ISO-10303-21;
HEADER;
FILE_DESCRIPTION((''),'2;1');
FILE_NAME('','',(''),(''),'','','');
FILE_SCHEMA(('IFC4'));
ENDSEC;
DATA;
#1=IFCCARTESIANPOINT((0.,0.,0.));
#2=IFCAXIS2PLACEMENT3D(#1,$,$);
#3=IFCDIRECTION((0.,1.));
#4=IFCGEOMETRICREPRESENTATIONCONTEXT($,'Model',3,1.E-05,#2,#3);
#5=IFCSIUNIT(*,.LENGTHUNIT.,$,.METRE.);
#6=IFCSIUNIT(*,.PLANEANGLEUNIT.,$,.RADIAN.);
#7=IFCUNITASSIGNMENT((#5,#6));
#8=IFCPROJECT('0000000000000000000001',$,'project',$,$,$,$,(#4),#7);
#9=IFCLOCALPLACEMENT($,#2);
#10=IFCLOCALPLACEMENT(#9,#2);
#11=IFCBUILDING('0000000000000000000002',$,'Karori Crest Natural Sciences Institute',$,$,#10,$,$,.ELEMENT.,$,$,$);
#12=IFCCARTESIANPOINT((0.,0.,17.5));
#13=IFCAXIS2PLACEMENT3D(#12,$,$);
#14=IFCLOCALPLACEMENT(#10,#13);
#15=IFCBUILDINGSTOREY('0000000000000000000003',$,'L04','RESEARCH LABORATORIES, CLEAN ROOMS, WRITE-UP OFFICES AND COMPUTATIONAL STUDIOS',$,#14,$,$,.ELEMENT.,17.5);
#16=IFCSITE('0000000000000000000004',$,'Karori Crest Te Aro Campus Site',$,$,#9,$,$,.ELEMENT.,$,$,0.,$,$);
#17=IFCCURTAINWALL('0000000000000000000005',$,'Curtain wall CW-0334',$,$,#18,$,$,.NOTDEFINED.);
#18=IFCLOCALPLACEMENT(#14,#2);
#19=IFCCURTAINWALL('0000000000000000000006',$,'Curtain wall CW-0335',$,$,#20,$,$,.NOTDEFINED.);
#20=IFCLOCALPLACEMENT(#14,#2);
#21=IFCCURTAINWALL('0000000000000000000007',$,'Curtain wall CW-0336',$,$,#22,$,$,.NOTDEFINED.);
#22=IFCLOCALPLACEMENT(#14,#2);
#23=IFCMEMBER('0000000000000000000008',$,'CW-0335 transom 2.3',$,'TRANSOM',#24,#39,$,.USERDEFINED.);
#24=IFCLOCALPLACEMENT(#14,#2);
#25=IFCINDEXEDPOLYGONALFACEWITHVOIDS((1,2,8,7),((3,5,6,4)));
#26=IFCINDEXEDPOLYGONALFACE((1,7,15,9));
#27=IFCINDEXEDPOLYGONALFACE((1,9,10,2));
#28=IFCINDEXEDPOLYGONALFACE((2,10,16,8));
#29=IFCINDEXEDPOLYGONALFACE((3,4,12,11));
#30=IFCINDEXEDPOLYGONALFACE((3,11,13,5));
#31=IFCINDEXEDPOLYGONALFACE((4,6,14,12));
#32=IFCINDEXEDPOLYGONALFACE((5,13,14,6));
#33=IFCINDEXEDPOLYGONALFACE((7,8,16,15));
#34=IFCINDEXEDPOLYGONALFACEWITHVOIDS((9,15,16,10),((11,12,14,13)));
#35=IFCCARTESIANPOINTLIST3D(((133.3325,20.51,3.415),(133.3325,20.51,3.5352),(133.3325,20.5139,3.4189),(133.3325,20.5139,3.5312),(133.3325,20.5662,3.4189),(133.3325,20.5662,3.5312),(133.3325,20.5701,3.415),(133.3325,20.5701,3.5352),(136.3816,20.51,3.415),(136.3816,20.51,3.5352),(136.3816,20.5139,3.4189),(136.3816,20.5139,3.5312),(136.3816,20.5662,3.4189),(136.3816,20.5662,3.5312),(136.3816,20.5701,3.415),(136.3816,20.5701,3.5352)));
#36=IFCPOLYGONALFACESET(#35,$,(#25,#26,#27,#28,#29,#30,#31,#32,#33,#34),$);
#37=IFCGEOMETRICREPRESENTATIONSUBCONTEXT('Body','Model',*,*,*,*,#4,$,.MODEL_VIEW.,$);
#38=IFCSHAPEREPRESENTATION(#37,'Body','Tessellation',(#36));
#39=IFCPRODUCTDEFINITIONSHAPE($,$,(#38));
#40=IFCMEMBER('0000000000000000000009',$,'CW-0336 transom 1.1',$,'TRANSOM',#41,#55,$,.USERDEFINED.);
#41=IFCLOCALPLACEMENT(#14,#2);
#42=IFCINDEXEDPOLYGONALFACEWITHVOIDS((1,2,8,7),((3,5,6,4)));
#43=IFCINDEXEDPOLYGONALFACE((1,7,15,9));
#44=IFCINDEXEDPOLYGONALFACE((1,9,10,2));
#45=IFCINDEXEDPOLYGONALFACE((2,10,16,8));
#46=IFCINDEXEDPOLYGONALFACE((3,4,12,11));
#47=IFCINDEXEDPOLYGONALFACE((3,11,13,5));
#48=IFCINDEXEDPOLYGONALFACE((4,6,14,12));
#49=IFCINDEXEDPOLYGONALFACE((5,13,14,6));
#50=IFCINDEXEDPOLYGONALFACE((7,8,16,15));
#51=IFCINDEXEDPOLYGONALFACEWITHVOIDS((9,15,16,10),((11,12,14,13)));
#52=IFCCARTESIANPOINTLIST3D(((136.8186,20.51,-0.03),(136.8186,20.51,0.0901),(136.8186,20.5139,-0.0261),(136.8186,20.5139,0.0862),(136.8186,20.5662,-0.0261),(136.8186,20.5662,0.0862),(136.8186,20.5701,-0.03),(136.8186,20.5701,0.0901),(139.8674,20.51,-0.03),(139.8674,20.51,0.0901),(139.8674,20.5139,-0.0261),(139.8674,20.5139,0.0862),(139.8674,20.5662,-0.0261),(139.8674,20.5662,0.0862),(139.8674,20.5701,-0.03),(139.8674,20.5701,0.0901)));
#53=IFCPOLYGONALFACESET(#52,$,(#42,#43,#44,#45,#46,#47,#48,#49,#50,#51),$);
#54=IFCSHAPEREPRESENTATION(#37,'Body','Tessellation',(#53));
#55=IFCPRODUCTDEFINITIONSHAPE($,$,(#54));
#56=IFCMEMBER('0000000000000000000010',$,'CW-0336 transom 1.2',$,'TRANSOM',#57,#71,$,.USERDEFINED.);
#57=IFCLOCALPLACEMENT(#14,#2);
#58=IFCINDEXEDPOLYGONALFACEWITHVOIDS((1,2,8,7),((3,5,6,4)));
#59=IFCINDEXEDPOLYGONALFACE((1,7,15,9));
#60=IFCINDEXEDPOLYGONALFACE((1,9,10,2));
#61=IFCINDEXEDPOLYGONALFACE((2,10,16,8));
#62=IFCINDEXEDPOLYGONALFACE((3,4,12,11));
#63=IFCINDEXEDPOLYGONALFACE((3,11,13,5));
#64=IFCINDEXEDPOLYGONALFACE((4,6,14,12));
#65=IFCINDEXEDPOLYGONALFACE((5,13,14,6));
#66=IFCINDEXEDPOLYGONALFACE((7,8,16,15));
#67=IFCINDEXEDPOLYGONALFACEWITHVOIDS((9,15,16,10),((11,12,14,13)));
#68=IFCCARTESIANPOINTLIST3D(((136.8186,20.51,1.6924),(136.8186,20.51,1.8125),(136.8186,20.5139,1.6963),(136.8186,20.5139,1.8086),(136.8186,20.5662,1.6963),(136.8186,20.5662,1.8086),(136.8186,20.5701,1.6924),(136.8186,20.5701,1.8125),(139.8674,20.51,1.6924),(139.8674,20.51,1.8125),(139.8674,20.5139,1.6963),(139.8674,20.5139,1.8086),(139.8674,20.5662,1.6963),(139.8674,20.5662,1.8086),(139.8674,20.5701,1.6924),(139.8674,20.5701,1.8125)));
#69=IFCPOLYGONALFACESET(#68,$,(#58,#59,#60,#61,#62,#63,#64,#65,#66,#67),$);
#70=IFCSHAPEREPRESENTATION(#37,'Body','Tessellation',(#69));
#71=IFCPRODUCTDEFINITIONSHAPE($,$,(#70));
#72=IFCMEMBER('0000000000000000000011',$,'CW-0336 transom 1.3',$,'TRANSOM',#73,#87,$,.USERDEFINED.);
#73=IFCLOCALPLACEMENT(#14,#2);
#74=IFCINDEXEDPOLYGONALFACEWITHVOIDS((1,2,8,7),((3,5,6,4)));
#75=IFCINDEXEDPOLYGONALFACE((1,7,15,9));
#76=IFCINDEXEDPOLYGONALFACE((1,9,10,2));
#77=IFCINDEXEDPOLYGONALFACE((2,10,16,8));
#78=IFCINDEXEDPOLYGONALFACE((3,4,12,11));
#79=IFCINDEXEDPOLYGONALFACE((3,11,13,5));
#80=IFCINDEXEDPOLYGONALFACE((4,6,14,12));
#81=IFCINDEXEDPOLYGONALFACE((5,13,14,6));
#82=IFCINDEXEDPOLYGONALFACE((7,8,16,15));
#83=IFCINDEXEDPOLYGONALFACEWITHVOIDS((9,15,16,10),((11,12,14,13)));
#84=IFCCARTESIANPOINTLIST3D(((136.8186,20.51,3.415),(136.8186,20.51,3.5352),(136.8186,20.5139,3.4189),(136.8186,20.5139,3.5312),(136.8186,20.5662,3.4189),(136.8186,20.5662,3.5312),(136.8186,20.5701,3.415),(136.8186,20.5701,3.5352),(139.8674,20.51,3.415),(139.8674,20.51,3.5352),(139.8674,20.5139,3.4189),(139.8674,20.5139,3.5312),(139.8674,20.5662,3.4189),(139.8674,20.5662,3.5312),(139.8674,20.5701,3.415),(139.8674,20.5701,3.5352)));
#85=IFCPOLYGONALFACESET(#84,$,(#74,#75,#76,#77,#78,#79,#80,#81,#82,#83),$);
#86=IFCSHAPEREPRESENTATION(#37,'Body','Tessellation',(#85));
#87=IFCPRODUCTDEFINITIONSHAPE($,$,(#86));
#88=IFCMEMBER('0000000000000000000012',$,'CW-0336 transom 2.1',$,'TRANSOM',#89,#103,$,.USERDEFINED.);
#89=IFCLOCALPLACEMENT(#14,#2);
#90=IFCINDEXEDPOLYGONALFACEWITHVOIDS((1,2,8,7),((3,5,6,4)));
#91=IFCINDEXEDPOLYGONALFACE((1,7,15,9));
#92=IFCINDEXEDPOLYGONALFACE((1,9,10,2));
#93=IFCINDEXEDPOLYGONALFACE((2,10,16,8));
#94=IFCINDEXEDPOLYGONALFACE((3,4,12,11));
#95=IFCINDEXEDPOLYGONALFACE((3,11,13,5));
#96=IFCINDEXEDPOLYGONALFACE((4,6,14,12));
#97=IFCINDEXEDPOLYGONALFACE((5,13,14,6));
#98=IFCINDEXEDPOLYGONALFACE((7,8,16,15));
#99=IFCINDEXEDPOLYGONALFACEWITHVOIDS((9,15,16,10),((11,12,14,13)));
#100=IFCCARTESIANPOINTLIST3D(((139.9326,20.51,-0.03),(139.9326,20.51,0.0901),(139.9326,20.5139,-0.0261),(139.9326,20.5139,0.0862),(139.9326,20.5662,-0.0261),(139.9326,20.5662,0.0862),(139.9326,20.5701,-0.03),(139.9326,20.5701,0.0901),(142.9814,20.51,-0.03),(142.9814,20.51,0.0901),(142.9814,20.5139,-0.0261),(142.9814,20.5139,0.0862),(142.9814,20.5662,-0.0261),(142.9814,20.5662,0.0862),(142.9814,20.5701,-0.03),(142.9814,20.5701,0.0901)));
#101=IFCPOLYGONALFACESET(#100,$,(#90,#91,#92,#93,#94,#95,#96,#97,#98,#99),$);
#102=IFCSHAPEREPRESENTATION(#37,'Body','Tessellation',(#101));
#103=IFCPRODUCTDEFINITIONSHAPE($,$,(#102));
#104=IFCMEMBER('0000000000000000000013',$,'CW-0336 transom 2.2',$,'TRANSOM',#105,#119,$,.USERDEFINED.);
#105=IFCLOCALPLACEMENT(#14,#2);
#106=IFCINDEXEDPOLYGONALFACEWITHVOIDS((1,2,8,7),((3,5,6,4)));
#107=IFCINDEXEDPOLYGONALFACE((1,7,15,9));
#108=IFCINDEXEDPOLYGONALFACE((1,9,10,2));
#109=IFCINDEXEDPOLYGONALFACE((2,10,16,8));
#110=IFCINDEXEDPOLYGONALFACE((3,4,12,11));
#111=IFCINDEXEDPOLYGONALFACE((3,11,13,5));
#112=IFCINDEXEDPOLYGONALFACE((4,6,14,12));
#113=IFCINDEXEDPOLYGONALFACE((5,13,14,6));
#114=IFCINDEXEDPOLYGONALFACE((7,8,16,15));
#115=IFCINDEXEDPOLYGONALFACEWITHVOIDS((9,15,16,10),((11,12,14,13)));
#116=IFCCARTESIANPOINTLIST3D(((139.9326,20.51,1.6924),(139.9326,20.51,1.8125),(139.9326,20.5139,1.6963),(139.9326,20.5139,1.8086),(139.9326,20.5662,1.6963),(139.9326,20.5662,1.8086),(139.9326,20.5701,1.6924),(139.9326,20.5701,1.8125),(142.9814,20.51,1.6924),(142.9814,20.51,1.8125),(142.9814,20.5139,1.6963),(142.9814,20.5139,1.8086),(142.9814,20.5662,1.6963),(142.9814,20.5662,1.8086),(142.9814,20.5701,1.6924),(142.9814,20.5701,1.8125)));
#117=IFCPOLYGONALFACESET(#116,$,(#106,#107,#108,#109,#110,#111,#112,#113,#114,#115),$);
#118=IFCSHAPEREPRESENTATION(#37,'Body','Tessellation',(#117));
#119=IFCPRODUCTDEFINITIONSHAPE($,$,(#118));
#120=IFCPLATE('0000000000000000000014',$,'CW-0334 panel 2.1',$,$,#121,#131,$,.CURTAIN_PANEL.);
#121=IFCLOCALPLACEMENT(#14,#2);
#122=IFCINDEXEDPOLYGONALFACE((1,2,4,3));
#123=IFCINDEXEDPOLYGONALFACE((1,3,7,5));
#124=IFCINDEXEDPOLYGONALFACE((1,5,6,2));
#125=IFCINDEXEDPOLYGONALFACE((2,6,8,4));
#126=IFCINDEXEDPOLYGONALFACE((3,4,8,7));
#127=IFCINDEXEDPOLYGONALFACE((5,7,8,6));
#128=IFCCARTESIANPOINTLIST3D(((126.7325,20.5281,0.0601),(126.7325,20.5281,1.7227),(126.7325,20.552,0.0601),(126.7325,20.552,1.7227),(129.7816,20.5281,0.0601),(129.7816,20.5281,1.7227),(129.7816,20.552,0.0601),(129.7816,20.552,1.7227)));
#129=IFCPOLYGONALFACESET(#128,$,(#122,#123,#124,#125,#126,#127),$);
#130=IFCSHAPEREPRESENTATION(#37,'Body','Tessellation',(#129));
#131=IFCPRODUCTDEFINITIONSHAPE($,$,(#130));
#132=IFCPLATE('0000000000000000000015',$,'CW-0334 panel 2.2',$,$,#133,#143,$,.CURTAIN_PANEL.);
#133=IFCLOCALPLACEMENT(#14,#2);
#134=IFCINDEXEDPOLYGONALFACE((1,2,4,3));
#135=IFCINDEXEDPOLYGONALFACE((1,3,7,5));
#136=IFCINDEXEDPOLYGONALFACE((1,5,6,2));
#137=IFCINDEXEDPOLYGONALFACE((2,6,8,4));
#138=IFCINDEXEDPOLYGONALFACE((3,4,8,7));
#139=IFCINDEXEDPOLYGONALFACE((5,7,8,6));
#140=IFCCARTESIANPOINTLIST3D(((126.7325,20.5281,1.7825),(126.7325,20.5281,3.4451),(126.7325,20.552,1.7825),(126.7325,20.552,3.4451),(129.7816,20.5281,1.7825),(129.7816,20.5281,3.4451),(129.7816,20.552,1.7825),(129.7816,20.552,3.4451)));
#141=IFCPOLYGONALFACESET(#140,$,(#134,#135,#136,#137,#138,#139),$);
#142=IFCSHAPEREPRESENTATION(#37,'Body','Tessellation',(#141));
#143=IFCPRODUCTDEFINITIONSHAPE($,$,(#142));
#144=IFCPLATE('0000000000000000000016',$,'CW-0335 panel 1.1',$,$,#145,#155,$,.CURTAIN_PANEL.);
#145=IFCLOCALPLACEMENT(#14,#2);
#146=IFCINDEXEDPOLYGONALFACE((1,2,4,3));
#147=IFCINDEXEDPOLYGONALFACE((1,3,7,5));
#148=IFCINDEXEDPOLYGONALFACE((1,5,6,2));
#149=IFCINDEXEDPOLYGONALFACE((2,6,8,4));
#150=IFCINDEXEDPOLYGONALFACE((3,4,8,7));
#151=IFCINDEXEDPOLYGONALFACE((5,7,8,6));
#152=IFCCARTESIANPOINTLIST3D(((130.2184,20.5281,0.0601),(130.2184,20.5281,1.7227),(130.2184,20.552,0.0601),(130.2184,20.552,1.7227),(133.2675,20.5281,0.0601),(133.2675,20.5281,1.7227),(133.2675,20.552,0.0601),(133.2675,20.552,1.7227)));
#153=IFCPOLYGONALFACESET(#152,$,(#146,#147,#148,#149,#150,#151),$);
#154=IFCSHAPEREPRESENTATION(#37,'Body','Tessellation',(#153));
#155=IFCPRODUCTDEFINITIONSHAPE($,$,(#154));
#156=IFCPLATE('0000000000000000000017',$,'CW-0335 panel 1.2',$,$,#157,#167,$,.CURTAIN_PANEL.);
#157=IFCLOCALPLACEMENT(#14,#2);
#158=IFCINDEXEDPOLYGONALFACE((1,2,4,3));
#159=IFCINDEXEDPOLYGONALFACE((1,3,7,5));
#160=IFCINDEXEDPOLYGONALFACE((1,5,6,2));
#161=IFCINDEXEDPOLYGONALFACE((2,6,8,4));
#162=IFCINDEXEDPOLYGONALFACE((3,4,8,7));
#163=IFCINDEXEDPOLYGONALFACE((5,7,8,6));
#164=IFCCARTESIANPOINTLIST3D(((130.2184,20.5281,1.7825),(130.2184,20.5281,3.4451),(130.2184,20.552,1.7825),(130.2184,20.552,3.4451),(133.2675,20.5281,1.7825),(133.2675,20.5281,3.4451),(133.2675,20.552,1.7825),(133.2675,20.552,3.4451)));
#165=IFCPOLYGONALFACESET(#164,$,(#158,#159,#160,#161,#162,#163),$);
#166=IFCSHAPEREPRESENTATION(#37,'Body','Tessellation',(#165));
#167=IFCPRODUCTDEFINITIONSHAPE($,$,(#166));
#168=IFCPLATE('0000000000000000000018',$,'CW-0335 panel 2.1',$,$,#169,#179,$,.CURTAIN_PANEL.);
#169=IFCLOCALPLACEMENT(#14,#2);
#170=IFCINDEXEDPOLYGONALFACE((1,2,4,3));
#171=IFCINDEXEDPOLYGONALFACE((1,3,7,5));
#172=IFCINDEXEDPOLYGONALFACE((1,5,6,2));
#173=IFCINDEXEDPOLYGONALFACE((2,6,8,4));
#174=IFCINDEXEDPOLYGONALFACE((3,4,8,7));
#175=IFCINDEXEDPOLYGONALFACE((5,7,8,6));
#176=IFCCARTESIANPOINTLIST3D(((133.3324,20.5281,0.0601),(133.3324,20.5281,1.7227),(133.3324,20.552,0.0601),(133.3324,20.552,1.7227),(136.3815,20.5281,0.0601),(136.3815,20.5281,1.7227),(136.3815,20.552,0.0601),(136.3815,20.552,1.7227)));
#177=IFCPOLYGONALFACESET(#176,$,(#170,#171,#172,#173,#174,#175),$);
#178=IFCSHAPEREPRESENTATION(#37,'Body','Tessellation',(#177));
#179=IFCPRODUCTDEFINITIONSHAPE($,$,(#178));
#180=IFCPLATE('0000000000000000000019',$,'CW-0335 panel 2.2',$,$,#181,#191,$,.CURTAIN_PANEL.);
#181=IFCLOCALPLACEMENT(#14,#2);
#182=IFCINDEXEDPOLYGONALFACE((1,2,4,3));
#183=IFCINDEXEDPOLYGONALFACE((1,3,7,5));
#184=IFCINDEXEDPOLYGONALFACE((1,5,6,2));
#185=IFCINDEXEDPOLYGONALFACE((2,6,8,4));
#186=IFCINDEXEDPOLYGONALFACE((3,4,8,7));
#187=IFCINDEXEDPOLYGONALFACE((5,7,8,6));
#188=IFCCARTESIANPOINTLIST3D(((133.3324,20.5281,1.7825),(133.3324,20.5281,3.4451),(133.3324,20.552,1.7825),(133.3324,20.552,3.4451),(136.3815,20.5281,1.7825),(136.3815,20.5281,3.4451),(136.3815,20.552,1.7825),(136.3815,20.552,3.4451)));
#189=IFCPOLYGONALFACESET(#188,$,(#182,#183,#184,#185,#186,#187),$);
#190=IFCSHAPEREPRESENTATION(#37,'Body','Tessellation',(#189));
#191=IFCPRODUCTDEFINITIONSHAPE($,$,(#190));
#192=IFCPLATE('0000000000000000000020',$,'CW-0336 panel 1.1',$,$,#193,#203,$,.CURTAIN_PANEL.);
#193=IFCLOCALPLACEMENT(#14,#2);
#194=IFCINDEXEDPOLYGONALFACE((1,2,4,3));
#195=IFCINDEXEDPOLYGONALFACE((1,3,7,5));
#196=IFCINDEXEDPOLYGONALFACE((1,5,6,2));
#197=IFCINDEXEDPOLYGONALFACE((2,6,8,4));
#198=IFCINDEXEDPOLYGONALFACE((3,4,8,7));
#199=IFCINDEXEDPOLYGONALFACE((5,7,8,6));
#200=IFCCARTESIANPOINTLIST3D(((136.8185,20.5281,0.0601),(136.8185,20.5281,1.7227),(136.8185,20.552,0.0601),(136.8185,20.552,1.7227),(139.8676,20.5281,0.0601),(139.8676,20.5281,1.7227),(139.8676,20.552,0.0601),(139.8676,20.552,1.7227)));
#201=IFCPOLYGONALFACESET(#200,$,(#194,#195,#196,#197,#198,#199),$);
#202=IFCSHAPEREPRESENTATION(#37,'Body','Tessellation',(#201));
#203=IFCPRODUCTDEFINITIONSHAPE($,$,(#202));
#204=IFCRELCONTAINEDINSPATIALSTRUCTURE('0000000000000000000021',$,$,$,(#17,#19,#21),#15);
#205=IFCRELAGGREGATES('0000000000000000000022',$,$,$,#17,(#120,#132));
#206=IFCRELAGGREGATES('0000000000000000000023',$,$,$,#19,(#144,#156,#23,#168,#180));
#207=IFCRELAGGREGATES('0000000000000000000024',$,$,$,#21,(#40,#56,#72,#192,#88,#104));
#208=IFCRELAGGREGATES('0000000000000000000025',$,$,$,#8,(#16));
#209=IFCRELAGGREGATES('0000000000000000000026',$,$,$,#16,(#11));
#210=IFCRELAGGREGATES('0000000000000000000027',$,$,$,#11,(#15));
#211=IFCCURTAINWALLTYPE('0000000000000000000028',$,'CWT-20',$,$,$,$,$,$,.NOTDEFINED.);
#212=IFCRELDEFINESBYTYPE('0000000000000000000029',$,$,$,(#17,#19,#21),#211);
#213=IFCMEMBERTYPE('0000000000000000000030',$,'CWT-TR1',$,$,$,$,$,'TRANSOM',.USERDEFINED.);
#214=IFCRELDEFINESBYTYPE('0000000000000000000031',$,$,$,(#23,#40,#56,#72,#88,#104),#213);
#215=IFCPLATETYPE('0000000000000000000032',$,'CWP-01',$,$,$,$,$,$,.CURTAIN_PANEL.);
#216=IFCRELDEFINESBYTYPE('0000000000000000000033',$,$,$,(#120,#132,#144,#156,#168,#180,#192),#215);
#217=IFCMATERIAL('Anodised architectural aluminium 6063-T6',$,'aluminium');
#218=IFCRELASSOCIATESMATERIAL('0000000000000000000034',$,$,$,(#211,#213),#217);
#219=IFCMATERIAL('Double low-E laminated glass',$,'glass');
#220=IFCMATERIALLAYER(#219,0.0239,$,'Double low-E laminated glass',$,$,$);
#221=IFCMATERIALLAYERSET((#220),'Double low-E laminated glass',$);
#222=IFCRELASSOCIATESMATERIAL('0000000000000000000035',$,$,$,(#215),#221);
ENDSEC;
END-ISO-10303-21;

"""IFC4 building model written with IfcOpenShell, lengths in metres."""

from ifc_helpers import new_model, si_unit, direction, frame, origin, origin_2d, place, context, subcontext, project, spatial, rectangle, hollow_rectangle, extrude, material, layer, layer_set, material_profile, profile_set, type_object, element, aggregate, save


model = new_model("IFC4")

# Units and contexts
model_context = context("Model", 3, precision=1e-05, world=origin(), true_north=direction((0.0, 1.0)))
body_context = subcontext(model_context, "Body", "Model", "MODEL_VIEW")
ifc_project = project(units=[si_unit("LENGTHUNIT", "METRE"), si_unit("PLANEANGLEUNIT", "RADIAN")], contexts=[model_context])

# Site, building, storey
site_placement = place(None, origin())
site = spatial("IfcSite", under=ifc_project, at=site_placement, Name="Karori Crest Te Aro Campus Site", CompositionType="ELEMENT", RefElevation=0.0)
building_placement = place(site_placement, origin())
building = spatial("IfcBuilding", under=site, at=building_placement, Name="Karori Crest Natural Sciences Institute", CompositionType="ELEMENT")
storey_placement = place(building_placement, frame((0.0, 0.0, 17.5)))
storey = spatial("IfcBuildingStorey", under=building, at=storey_placement, Name="L04", Description="RESEARCH LABORATORIES, CLEAN ROOMS, WRITE-UP OFFICES AND COMPUTATIONAL STUDIOS", CompositionType="ELEMENT", Elevation=17.5)

# Curtain wall
ifc_material_1 = material(Name="Anodised architectural aluminium 6063-T6", Category="aluminium")
curtain_wall_type = type_object("IfcCurtainWallType", Name="CWT-20", PredefinedType="NOTDEFINED", material=ifc_material_1)
curtain_wall_1_placement = place(storey_placement, origin())
curtain_wall_1 = element("IfcCurtainWall", 1, at=curtain_wall_1_placement, inside=storey, type_object=curtain_wall_type, Name="Curtain wall CW-0334", PredefinedType="NOTDEFINED")

# Curtain walls
curtain_wall_2_placement = place(storey_placement, origin())
curtain_wall_2 = element("IfcCurtainWall", 2, at=curtain_wall_2_placement, inside=storey, type_object=curtain_wall_type, Name="Curtain wall CW-0335", PredefinedType="NOTDEFINED")
curtain_wall_3_placement = place(storey_placement, origin())
curtain_wall_3 = element("IfcCurtainWall", 3, at=curtain_wall_3_placement, inside=storey, type_object=curtain_wall_type, Name="Curtain wall CW-0336", PredefinedType="NOTDEFINED")

# Members
ifc_material_profile_1 = material_profile(ifc_material_1, hollow_rectangle(XDim=0.0601, YDim=0.1201, WallThickness=0.0039, at=origin_2d()), Name="CWT120x60x4")
ifc_profile_set_1 = profile_set([ifc_material_profile_1], Name="Anodised architectural aluminium 6063-T6")
member_type_1 = type_object("IfcMemberType", Name="CWT-TR1", ElementType="TRANSOM", PredefinedType="USERDEFINED", material=ifc_profile_set_1)
member_1_placement = place(storey_placement, frame((133.3325, 20.54, 3.4751), z_axis=(1.0, 0.0, 0.0), x_axis=(0.0, 1.0, 0.0)))
member_1 = element("IfcMember", 4, at=member_1_placement, type_object=member_type_1, Name="CW-0335 transom 2.3", ObjectType="TRANSOM", PredefinedType="USERDEFINED", context=body_context, shape_type="SweptSolid", body=[
    extrude(hollow_rectangle(XDim=0.0601, YDim=0.1201, WallThickness=0.0039, at=origin_2d()), origin(), (0.0, 0.0, 1.0), 3.0491),
])
member_2_placement = place(storey_placement, frame((136.8186, 20.54, 0.03), z_axis=(1.0, 0.0, 0.0), x_axis=(0.0, 1.0, 0.0)))
member_2 = element("IfcMember", 5, at=member_2_placement, type_object=member_type_1, Name="CW-0336 transom 1.1", ObjectType="TRANSOM", PredefinedType="USERDEFINED", context=body_context, shape_type="SweptSolid", body=[
    extrude(hollow_rectangle(XDim=0.0601, YDim=0.1201, WallThickness=0.0039, at=origin_2d()), origin(), (0.0, 0.0, 1.0), 3.0488),
])
member_3_placement = place(storey_placement, frame((136.8186, 20.54, 1.7524), z_axis=(1.0, 0.0, 0.0), x_axis=(0.0, 1.0, 0.0)))
member_3 = element("IfcMember", 6, at=member_3_placement, type_object=member_type_1, Name="CW-0336 transom 1.2", ObjectType="TRANSOM", PredefinedType="USERDEFINED", context=body_context, shape_type="SweptSolid", body=[
    extrude(hollow_rectangle(XDim=0.0601, YDim=0.1201, WallThickness=0.0039, at=origin_2d()), origin(), (0.0, 0.0, 1.0), 3.0488),
])
member_4_placement = place(storey_placement, frame((136.8186, 20.54, 3.4751), z_axis=(1.0, 0.0, 0.0), x_axis=(0.0, 1.0, 0.0)))
member_4 = element("IfcMember", 7, at=member_4_placement, type_object=member_type_1, Name="CW-0336 transom 1.3", ObjectType="TRANSOM", PredefinedType="USERDEFINED", context=body_context, shape_type="SweptSolid", body=[
    extrude(hollow_rectangle(XDim=0.0601, YDim=0.1201, WallThickness=0.0039, at=origin_2d()), origin(), (0.0, 0.0, 1.0), 3.0488),
])
member_5_placement = place(storey_placement, frame((139.9326, 20.54, 0.03), z_axis=(1.0, 0.0, 0.0), x_axis=(0.0, 1.0, 0.0)))
member_5 = element("IfcMember", 8, at=member_5_placement, type_object=member_type_1, Name="CW-0336 transom 2.1", ObjectType="TRANSOM", PredefinedType="USERDEFINED", context=body_context, shape_type="SweptSolid", body=[
    extrude(hollow_rectangle(XDim=0.0601, YDim=0.1201, WallThickness=0.0039, at=origin_2d()), origin(), (0.0, 0.0, 1.0), 3.0488),
])
member_6_placement = place(storey_placement, frame((139.9326, 20.54, 1.7524), z_axis=(1.0, 0.0, 0.0), x_axis=(0.0, 1.0, 0.0)))
member_6 = element("IfcMember", 9, at=member_6_placement, type_object=member_type_1, Name="CW-0336 transom 2.2", ObjectType="TRANSOM", PredefinedType="USERDEFINED", context=body_context, shape_type="SweptSolid", body=[
    extrude(hollow_rectangle(XDim=0.0601, YDim=0.1201, WallThickness=0.0039, at=origin_2d()), origin(), (0.0, 0.0, 1.0), 3.0488),
])

# Plates
ifc_material_2 = material(Name="Double low-E laminated glass", Category="glass")
ifc_layer = layer(ifc_material_2, 0.0239, Name="Double low-E laminated glass")
ifc_layer_set = layer_set([ifc_layer], Name="Double low-E laminated glass")
plate_type = type_object("IfcPlateType", Name="CWP-01", PredefinedType="CURTAIN_PANEL", material=ifc_layer_set)
plate_1_placement = place(storey_placement, frame((128.2571, 20.54, 0.0601), z_axis=(0.0, 0.0, 1.0), x_axis=(1.0, 0.0, 0.0)))
plate_1 = element("IfcPlate", 10, at=plate_1_placement, type_object=plate_type, Name="CW-0334 panel 2.1", PredefinedType="CURTAIN_PANEL", context=body_context, shape_type="SweptSolid", body=[
    extrude(rectangle(XDim=3.0491, YDim=0.0239, at=origin_2d()), origin(), (0.0, 0.0, 1.0), 1.6626),
])
plate_2_placement = place(storey_placement, frame((128.2571, 20.54, 1.7825), z_axis=(0.0, 0.0, 1.0), x_axis=(1.0, 0.0, 0.0)))
plate_2 = element("IfcPlate", 11, at=plate_2_placement, type_object=plate_type, Name="CW-0334 panel 2.2", PredefinedType="CURTAIN_PANEL", context=body_context, shape_type="SweptSolid", body=[
    extrude(rectangle(XDim=3.0491, YDim=0.0239, at=origin_2d()), origin(), (0.0, 0.0, 1.0), 1.6626),
])
aggregate(curtain_wall_1, [plate_1, plate_2])
plate_3_placement = place(storey_placement, frame((131.7429, 20.54, 0.0601), z_axis=(0.0, 0.0, 1.0), x_axis=(1.0, 0.0, 0.0)))
plate_3 = element("IfcPlate", 12, at=plate_3_placement, type_object=plate_type, Name="CW-0335 panel 1.1", PredefinedType="CURTAIN_PANEL", context=body_context, shape_type="SweptSolid", body=[
    extrude(rectangle(XDim=3.0491, YDim=0.0239, at=origin_2d()), origin(), (0.0, 0.0, 1.0), 1.6626),
])
plate_4_placement = place(storey_placement, frame((131.7429, 20.54, 1.7825), z_axis=(0.0, 0.0, 1.0), x_axis=(1.0, 0.0, 0.0)))
plate_4 = element("IfcPlate", 13, at=plate_4_placement, type_object=plate_type, Name="CW-0335 panel 1.2", PredefinedType="CURTAIN_PANEL", context=body_context, shape_type="SweptSolid", body=[
    extrude(rectangle(XDim=3.0491, YDim=0.0239, at=origin_2d()), origin(), (0.0, 0.0, 1.0), 1.6626),
])
plate_5_placement = place(storey_placement, frame((134.8569, 20.54, 0.0601), z_axis=(0.0, 0.0, 1.0), x_axis=(1.0, 0.0, 0.0)))
plate_5 = element("IfcPlate", 14, at=plate_5_placement, type_object=plate_type, Name="CW-0335 panel 2.1", PredefinedType="CURTAIN_PANEL", context=body_context, shape_type="SweptSolid", body=[
    extrude(rectangle(XDim=3.0491, YDim=0.0239, at=origin_2d()), origin(), (0.0, 0.0, 1.0), 1.6626),
])
plate_6_placement = place(storey_placement, frame((134.8569, 20.54, 1.7825), z_axis=(0.0, 0.0, 1.0), x_axis=(1.0, 0.0, 0.0)))
plate_6 = element("IfcPlate", 15, at=plate_6_placement, type_object=plate_type, Name="CW-0335 panel 2.2", PredefinedType="CURTAIN_PANEL", context=body_context, shape_type="SweptSolid", body=[
    extrude(rectangle(XDim=3.0491, YDim=0.0239, at=origin_2d()), origin(), (0.0, 0.0, 1.0), 1.6626),
])
aggregate(curtain_wall_2, [plate_3, plate_4, member_1, plate_5, plate_6])
plate_7_placement = place(storey_placement, frame((138.343, 20.54, 0.0601), z_axis=(0.0, 0.0, 1.0), x_axis=(1.0, 0.0, 0.0)))
plate_7 = element("IfcPlate", 16, at=plate_7_placement, type_object=plate_type, Name="CW-0336 panel 1.1", PredefinedType="CURTAIN_PANEL", context=body_context, shape_type="SweptSolid", body=[
    extrude(rectangle(XDim=3.0491, YDim=0.0239, at=origin_2d()), origin(), (0.0, 0.0, 1.0), 1.6626),
])
aggregate(curtain_wall_3, [member_2, member_3, member_4, plate_7, member_5, member_6])

save(model, "model.ifc")
